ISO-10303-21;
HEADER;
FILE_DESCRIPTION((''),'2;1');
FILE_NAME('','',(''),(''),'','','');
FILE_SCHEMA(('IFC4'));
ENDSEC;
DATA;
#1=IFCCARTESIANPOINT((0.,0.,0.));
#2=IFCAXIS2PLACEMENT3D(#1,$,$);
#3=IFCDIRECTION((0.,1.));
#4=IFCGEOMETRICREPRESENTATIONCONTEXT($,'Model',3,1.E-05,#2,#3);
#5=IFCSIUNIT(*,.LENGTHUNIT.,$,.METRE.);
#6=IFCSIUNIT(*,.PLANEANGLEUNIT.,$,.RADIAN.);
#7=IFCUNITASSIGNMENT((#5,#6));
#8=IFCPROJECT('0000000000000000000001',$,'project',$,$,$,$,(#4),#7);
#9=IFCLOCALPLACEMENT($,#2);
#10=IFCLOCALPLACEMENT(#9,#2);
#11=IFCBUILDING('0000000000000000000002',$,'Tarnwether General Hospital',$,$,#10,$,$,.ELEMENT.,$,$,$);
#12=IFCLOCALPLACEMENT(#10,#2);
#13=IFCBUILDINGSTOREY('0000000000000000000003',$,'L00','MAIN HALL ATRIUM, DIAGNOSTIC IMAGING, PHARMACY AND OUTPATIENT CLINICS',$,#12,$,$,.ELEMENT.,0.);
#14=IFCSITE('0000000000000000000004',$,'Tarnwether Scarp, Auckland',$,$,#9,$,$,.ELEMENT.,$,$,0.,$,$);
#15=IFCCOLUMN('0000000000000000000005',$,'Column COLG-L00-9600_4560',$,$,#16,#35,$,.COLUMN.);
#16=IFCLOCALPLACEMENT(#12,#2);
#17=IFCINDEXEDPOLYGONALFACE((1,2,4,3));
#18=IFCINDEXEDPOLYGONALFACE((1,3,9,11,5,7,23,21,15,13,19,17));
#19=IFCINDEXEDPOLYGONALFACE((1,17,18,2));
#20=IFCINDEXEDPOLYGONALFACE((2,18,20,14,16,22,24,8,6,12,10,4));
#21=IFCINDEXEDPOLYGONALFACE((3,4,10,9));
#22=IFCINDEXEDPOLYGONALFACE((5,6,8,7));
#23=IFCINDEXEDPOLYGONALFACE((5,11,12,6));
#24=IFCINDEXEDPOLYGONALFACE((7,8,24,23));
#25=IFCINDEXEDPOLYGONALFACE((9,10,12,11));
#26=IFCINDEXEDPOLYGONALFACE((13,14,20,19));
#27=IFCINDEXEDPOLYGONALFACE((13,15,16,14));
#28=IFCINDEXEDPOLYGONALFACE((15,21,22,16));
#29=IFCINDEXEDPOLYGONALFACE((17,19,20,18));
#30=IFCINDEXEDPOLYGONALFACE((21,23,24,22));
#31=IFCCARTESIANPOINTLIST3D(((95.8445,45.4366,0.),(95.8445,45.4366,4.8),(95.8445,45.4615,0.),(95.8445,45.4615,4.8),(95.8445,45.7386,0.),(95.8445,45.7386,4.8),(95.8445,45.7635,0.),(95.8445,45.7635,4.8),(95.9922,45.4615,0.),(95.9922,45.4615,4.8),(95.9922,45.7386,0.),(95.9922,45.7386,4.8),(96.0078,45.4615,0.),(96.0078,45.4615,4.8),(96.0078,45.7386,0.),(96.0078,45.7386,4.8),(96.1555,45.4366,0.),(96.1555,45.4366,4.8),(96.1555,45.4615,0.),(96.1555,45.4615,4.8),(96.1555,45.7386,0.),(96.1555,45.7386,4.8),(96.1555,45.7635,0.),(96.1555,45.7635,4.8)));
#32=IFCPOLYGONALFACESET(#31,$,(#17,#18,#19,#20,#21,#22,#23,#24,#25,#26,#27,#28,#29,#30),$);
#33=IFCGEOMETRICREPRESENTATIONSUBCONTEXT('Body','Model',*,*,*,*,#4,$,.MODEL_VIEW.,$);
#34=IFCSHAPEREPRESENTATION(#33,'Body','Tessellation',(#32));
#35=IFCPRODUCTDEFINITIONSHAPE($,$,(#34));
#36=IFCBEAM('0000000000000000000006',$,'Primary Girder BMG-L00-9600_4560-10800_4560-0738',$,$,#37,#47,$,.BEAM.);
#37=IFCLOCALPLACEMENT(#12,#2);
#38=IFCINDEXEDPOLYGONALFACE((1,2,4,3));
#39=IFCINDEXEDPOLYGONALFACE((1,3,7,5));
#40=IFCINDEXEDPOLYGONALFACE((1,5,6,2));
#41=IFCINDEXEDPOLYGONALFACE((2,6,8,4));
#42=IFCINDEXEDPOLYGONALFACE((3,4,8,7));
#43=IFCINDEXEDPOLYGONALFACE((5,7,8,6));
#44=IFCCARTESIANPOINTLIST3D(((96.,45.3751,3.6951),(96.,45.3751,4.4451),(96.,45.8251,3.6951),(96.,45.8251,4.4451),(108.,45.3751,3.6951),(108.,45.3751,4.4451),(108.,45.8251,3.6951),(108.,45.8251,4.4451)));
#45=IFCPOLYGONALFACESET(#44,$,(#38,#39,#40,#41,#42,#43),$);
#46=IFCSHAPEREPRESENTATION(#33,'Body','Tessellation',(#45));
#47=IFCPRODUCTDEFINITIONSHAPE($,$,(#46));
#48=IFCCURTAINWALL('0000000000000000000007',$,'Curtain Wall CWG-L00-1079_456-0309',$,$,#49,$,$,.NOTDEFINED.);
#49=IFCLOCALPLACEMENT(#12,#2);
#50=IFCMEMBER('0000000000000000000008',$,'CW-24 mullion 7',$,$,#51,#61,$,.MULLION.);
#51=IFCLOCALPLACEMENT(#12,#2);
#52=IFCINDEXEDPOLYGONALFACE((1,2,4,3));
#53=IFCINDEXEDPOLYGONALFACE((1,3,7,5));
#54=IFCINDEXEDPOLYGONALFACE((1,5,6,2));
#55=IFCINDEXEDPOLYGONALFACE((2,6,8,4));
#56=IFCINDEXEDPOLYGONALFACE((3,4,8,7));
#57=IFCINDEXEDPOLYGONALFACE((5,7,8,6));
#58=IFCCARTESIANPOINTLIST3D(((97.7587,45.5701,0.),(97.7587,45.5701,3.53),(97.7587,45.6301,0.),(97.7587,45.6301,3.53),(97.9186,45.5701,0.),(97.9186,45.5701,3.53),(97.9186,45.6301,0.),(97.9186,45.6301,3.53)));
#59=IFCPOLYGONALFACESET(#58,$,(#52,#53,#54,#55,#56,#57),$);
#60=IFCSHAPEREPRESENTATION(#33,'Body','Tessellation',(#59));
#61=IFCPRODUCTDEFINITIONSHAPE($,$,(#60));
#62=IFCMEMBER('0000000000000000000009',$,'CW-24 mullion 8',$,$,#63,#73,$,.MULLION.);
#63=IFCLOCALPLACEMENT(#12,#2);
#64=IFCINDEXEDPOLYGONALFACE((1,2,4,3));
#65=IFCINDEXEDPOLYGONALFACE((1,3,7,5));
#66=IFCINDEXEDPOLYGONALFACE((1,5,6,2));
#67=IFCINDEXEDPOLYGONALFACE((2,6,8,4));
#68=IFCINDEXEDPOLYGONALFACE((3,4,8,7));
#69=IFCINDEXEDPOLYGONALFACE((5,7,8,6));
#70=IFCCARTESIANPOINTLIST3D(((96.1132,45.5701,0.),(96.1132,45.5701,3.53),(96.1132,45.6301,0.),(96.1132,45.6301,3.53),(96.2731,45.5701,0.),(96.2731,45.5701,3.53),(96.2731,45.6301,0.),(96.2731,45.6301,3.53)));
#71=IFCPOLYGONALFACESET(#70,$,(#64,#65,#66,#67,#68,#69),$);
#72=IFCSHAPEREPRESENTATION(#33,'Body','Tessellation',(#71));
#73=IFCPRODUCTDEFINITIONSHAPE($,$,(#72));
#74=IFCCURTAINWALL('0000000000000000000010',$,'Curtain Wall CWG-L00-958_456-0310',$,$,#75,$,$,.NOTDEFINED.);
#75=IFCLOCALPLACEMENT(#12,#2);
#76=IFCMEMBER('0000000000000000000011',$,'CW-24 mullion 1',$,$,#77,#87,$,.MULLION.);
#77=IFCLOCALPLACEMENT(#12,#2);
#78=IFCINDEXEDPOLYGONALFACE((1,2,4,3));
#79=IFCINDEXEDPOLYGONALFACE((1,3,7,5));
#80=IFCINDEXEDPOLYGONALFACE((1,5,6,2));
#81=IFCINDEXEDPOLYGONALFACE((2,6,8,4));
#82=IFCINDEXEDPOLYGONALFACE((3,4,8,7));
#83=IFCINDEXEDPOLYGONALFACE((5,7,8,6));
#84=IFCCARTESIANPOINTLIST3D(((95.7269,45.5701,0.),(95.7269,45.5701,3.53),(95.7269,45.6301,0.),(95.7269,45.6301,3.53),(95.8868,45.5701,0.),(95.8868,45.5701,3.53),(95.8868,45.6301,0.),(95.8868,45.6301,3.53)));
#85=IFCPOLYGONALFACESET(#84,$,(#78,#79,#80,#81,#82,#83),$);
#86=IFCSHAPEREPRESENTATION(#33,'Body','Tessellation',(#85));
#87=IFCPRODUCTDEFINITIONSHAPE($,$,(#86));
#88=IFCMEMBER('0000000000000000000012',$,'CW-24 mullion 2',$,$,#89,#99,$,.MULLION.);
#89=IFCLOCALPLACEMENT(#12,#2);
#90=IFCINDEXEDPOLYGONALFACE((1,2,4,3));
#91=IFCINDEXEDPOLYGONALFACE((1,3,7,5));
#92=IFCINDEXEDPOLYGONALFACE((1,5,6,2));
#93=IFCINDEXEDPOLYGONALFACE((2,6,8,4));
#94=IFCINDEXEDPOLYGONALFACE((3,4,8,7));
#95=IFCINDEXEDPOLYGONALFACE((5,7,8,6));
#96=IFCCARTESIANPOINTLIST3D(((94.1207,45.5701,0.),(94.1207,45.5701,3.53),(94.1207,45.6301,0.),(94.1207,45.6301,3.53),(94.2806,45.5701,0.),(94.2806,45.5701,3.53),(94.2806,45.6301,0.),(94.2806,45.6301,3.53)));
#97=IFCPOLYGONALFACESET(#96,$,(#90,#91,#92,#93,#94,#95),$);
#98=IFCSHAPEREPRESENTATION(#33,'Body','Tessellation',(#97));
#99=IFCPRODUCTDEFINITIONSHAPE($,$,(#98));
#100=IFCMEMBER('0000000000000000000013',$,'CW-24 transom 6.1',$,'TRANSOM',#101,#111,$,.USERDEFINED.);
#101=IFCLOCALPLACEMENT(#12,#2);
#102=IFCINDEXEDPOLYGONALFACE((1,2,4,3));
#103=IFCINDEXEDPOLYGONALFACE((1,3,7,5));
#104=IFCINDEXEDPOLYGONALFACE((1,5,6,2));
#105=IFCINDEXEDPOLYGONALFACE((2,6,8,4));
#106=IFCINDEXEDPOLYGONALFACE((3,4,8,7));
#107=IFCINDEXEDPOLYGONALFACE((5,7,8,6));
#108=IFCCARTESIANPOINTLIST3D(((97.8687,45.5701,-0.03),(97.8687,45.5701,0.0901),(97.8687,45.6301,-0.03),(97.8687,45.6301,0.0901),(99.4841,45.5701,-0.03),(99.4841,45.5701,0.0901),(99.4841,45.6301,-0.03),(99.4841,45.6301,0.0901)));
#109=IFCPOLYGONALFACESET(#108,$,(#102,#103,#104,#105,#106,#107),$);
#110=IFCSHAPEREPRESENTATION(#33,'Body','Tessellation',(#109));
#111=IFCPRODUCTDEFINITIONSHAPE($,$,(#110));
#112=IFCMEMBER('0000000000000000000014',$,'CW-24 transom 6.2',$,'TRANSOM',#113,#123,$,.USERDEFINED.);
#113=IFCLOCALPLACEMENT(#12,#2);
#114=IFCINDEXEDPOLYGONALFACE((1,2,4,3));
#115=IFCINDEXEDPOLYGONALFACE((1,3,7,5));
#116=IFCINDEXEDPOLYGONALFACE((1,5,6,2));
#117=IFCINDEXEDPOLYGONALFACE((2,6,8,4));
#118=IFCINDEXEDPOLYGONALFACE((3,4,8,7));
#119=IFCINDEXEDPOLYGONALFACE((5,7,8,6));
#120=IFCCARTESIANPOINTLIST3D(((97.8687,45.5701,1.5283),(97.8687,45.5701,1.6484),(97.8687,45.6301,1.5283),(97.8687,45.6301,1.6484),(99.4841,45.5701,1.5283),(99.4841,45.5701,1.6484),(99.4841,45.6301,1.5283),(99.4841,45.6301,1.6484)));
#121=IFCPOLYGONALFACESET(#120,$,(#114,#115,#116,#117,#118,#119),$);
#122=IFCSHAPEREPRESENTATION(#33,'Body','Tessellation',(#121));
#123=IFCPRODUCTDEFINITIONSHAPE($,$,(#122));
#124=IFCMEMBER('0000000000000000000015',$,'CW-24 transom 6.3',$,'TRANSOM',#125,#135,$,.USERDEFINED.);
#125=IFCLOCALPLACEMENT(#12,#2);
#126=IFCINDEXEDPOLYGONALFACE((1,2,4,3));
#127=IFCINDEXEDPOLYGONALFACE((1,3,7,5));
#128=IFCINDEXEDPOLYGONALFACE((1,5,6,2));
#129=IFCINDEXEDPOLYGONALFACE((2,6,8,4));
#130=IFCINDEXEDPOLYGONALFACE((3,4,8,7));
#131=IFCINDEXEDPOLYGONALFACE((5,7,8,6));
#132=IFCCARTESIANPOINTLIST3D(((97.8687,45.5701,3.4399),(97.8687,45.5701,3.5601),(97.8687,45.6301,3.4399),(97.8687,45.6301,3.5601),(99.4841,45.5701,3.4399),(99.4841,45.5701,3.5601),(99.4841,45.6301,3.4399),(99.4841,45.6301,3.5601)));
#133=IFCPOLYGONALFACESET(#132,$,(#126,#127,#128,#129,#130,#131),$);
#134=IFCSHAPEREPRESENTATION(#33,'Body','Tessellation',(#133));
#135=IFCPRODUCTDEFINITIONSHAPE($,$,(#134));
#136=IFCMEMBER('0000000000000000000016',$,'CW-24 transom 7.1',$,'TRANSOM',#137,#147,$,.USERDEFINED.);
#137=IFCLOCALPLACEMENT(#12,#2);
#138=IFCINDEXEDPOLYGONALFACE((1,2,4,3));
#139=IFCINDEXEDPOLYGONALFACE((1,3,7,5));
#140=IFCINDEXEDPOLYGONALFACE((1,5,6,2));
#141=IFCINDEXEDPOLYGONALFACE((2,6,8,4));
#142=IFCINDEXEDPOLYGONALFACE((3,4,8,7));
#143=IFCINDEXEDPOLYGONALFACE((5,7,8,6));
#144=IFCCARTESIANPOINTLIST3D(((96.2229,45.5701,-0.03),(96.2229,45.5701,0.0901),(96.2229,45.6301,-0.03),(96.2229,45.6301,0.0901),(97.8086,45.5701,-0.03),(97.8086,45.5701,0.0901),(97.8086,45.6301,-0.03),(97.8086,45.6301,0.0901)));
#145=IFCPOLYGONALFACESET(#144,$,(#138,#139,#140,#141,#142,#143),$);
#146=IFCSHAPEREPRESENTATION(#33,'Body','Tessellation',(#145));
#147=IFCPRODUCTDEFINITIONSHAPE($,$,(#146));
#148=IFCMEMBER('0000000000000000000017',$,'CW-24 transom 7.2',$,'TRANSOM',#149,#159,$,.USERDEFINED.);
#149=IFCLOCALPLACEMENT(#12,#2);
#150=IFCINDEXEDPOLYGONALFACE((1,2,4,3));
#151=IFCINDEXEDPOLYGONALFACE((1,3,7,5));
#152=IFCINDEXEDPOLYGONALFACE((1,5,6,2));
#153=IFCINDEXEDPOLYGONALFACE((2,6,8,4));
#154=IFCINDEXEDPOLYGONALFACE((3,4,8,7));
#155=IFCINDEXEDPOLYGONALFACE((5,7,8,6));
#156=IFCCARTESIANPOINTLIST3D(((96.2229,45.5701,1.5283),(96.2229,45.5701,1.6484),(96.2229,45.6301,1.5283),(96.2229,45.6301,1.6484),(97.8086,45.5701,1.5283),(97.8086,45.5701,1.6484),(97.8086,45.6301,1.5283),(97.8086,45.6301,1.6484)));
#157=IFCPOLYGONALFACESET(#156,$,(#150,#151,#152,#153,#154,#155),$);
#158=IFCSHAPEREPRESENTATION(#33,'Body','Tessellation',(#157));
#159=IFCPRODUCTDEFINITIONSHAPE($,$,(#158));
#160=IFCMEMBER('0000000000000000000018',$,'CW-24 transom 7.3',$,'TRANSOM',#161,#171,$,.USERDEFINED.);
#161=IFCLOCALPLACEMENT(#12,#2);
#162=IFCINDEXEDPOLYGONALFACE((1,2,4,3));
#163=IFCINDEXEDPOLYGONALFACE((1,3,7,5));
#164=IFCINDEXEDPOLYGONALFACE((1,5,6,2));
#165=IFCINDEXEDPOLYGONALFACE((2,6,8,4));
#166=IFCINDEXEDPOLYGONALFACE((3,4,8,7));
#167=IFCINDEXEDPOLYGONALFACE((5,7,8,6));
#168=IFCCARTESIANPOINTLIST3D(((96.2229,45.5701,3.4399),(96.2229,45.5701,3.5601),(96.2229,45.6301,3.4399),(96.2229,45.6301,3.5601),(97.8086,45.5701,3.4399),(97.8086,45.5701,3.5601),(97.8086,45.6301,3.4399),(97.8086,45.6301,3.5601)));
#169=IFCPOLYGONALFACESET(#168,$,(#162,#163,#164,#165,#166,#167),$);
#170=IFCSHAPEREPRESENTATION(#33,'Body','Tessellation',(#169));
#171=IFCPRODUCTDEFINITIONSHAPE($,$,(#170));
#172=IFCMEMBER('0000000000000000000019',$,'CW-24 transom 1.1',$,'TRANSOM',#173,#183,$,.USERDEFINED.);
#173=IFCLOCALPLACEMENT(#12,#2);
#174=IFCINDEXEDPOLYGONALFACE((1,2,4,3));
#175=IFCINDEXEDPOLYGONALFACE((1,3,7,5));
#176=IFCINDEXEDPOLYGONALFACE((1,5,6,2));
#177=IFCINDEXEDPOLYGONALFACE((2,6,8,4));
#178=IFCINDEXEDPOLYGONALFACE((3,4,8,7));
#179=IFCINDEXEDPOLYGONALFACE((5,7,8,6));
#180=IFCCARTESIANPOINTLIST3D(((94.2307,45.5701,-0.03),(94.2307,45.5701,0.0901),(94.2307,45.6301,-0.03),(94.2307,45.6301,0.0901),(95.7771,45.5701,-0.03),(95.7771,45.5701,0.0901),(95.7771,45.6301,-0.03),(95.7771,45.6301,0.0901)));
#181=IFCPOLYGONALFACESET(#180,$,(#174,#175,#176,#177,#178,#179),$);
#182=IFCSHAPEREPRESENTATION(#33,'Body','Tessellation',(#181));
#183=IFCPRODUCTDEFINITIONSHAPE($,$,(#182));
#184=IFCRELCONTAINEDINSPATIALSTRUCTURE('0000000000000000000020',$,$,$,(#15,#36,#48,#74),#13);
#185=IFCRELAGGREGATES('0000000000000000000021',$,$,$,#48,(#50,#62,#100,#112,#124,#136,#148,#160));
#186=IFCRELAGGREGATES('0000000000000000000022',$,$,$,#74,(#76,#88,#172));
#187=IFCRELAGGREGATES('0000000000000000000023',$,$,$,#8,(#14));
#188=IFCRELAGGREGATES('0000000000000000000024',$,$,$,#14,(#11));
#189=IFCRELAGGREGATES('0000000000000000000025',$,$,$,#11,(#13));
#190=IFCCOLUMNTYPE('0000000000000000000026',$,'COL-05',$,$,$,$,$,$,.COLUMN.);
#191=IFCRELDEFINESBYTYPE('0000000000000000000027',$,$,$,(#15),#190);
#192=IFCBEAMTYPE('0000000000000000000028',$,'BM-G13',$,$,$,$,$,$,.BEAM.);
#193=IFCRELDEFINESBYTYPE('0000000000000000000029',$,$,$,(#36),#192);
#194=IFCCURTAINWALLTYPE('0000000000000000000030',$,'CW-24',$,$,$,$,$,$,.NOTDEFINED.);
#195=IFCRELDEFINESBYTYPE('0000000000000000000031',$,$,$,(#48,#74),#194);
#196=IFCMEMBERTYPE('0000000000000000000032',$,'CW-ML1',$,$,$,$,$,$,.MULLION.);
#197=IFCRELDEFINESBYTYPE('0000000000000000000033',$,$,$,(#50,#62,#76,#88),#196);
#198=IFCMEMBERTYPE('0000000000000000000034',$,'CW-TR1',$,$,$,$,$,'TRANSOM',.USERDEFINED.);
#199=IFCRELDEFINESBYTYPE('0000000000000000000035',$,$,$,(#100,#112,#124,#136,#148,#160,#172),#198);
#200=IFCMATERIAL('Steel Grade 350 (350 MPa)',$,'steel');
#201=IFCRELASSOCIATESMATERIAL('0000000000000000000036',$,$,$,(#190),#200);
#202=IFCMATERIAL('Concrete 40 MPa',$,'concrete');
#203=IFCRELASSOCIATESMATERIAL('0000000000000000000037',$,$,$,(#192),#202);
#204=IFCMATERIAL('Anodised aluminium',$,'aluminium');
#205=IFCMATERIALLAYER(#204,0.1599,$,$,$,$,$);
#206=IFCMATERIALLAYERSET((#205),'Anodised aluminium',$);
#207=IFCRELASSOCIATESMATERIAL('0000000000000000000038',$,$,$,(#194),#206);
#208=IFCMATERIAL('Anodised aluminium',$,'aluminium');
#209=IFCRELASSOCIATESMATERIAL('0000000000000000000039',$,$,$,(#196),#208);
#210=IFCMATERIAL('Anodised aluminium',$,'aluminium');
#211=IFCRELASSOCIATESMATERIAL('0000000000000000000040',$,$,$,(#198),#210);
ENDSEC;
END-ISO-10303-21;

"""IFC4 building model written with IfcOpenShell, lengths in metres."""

from ifc_helpers import new_model, si_unit, direction, frame, origin, origin_2d, place, context, subcontext, project, spatial, rectangle, i_section, extrude, material, layer, layer_set, material_profile, profile_set, type_object, element, aggregate, save


model = new_model("IFC4")

# Units and contexts
model_context = context("Model", 3, precision=1e-05, world=origin(), true_north=direction((0.0, 1.0)))
body_context = subcontext(model_context, "Body", "Model", "MODEL_VIEW")
ifc_project = project(units=[si_unit("LENGTHUNIT", "METRE"), si_unit("PLANEANGLEUNIT", "RADIAN")], contexts=[model_context])

# Site, building, storey
site_placement = place(None, origin())
site = spatial("IfcSite", under=ifc_project, at=site_placement, Name="Tarnwether Scarp, Auckland", CompositionType="ELEMENT", RefElevation=0.0)
building_placement = place(site_placement, origin())
building = spatial("IfcBuilding", under=site, at=building_placement, Name="Tarnwether General Hospital", CompositionType="ELEMENT")
storey_placement = place(building_placement, origin())
storey = spatial("IfcBuildingStorey", under=building, at=storey_placement, Name="L00", Description="MAIN HALL ATRIUM, DIAGNOSTIC IMAGING, PHARMACY AND OUTPATIENT CLINICS", CompositionType="ELEMENT", Elevation=0.0)

# Column
ifc_material_1 = material(Name="Steel Grade 350 (350 MPa)", Category="steel")
ifc_material_profile_1 = material_profile(ifc_material_1, i_section(OverallWidth=0.311, OverallDepth=0.3269, WebThickness=0.0156, FlangeThickness=0.0249, at=origin_2d()), Name="310UC158")
ifc_profile_set_1 = profile_set([ifc_material_profile_1], Name="Steel Grade 350 (350 MPa)")
column_type = type_object("IfcColumnType", Name="COL-05", PredefinedType="COLUMN", material=ifc_profile_set_1)
column_placement = place(storey_placement, frame((96.0, 45.6001, 0.0), z_axis=(0.0, 0.0, 1.0), x_axis=(1.0, 0.0, 0.0)))
element("IfcColumn", 1, at=column_placement, inside=storey, type_object=column_type, Name="Column COLG-L00-9600_4560", PredefinedType="COLUMN", context=body_context, shape_type="SweptSolid", body=[
    extrude(i_section(OverallWidth=0.311, OverallDepth=0.3269, WebThickness=0.0156, FlangeThickness=0.0249, at=origin_2d()), origin(), (0.0, 0.0, 1.0), 4.8),
])

# Beam
ifc_material_2 = material(Name="Concrete 40 MPa", Category="concrete")
ifc_material_profile_2 = material_profile(ifc_material_2, rectangle(XDim=0.45, YDim=0.75, at=origin_2d()), Name="RC-BM-450x750")
ifc_profile_set_2 = profile_set([ifc_material_profile_2], Name="Concrete 40 MPa")
beam_type = type_object("IfcBeamType", Name="BM-G13", PredefinedType="BEAM", material=ifc_profile_set_2)
beam_placement = place(storey_placement, frame((96.0, 45.6001, 4.0701), z_axis=(1.0, 0.0, 0.0), x_axis=(0.0, 1.0, 0.0)))
element("IfcBeam", 2, at=beam_placement, inside=storey, type_object=beam_type, Name="Primary Girder BMG-L00-9600_4560-10800_4560-0738", PredefinedType="BEAM", context=body_context, shape_type="SweptSolid", body=[
    extrude(rectangle(XDim=0.45, YDim=0.75, at=origin_2d()), origin(), (0.0, 0.0, 1.0), 12.0),
])

# Curtain walls, members
ifc_material_3 = material(Name="Anodised aluminium", Category="aluminium")
ifc_layer_1 = layer(ifc_material_3, 0.1599)
ifc_layer_set_1 = layer_set([ifc_layer_1], Name="Anodised aluminium")
curtain_wall_type = type_object("IfcCurtainWallType", Name="CW-24", PredefinedType="NOTDEFINED", material=ifc_layer_set_1)
curtain_wall_1_placement = place(storey_placement, origin())
curtain_wall_1 = element("IfcCurtainWall", 3, at=curtain_wall_1_placement, inside=storey, type_object=curtain_wall_type, Name="Curtain Wall CWG-L00-1079_456-0309", PredefinedType="NOTDEFINED")
ifc_material_4 = material(Name="Anodised aluminium", Category="aluminium")
ifc_material_profile_3 = material_profile(ifc_material_4, rectangle(XDim=0.0601, YDim=0.1599, at=origin_2d()), Name="ALU-MUL-60x160")
ifc_profile_set_3 = profile_set([ifc_material_profile_3], Name="Anodised aluminium")
member_type_1 = type_object("IfcMemberType", Name="CW-ML1", PredefinedType="MULLION", material=ifc_profile_set_3)
member_1_placement = place(storey_placement, frame((97.8386, 45.6001, 0.0), z_axis=(0.0, 0.0, 1.0), x_axis=(0.0, -1.0, 0.0)))
member_1 = element("IfcMember", 4, at=member_1_placement, type_object=member_type_1, Name="CW-24 mullion 7", PredefinedType="MULLION", context=body_context, shape_type="SweptSolid", body=[
    extrude(rectangle(XDim=0.0601, YDim=0.1599, at=origin_2d()), origin(), (0.0, 0.0, 1.0), 3.53),
])
member_2_placement = place(storey_placement, frame((96.1931, 45.6001, 0.0), z_axis=(0.0, 0.0, 1.0), x_axis=(0.0, -1.0, 0.0)))
member_2 = element("IfcMember", 5, at=member_2_placement, type_object=member_type_1, Name="CW-24 mullion 8", PredefinedType="MULLION", context=body_context, shape_type="SweptSolid", body=[
    extrude(rectangle(XDim=0.0601, YDim=0.1599, at=origin_2d()), origin(), (0.0, 0.0, 1.0), 3.53),
])
curtain_wall_2_placement = place(storey_placement, origin())
curtain_wall_2 = element("IfcCurtainWall", 6, at=curtain_wall_2_placement, inside=storey, type_object=curtain_wall_type, Name="Curtain Wall CWG-L00-958_456-0310", PredefinedType="NOTDEFINED")
member_3_placement = place(storey_placement, frame((95.8069, 45.6001, 0.0), z_axis=(0.0, 0.0, 1.0), x_axis=(0.0, -1.0, 0.0)))
member_3 = element("IfcMember", 7, at=member_3_placement, type_object=member_type_1, Name="CW-24 mullion 1", PredefinedType="MULLION", context=body_context, shape_type="SweptSolid", body=[
    extrude(rectangle(XDim=0.0601, YDim=0.1599, at=origin_2d()), origin(), (0.0, 0.0, 1.0), 3.53),
])
member_4_placement = place(storey_placement, frame((94.2007, 45.6001, 0.0), z_axis=(0.0, 0.0, 1.0), x_axis=(0.0, -1.0, 0.0)))
member_4 = element("IfcMember", 8, at=member_4_placement, type_object=member_type_1, Name="CW-24 mullion 2", PredefinedType="MULLION", context=body_context, shape_type="SweptSolid", body=[
    extrude(rectangle(XDim=0.0601, YDim=0.1599, at=origin_2d()), origin(), (0.0, 0.0, 1.0), 3.53),
])

# Members
ifc_material_5 = material(Name="Anodised aluminium", Category="aluminium")
ifc_material_profile_4 = material_profile(ifc_material_5, rectangle(XDim=0.0601, YDim=0.1201, at=origin_2d()), Name="ALU-TRN-60x120")
ifc_profile_set_4 = profile_set([ifc_material_profile_4], Name="Anodised aluminium")
member_type_2 = type_object("IfcMemberType", Name="CW-TR1", ElementType="TRANSOM", PredefinedType="USERDEFINED", material=ifc_profile_set_4)
member_5_placement = place(storey_placement, frame((99.4841, 45.6001, 0.03), z_axis=(-1.0, 0.0, 0.0), x_axis=(0.0, -1.0, 0.0)))
member_5 = element("IfcMember", 9, at=member_5_placement, type_object=member_type_2, Name="CW-24 transom 6.1", ObjectType="TRANSOM", PredefinedType="USERDEFINED", context=body_context, shape_type="SweptSolid", body=[
    extrude(rectangle(XDim=0.0601, YDim=0.1201, at=origin_2d()), origin(), (0.0, 0.0, 1.0), 1.6155),
])
member_6_placement = place(storey_placement, frame((99.4841, 45.6001, 1.5884), z_axis=(-1.0, 0.0, 0.0), x_axis=(0.0, -1.0, 0.0)))
member_6 = element("IfcMember", 10, at=member_6_placement, type_object=member_type_2, Name="CW-24 transom 6.2", ObjectType="TRANSOM", PredefinedType="USERDEFINED", context=body_context, shape_type="SweptSolid", body=[
    extrude(rectangle(XDim=0.0601, YDim=0.1201, at=origin_2d()), origin(), (0.0, 0.0, 1.0), 1.6155),
])
member_7_placement = place(storey_placement, frame((99.4841, 45.6001, 3.5), z_axis=(-1.0, 0.0, 0.0), x_axis=(0.0, -1.0, 0.0)))
member_7 = element("IfcMember", 11, at=member_7_placement, type_object=member_type_2, Name="CW-24 transom 6.3", ObjectType="TRANSOM", PredefinedType="USERDEFINED", context=body_context, shape_type="SweptSolid", body=[
    extrude(rectangle(XDim=0.0601, YDim=0.1201, at=origin_2d()), origin(), (0.0, 0.0, 1.0), 1.6155),
])
member_8_placement = place(storey_placement, frame((97.8086, 45.6001, 0.03), z_axis=(-1.0, 0.0, 0.0), x_axis=(0.0, -1.0, 0.0)))
member_8 = element("IfcMember", 12, at=member_8_placement, type_object=member_type_2, Name="CW-24 transom 7.1", ObjectType="TRANSOM", PredefinedType="USERDEFINED", context=body_context, shape_type="SweptSolid", body=[
    extrude(rectangle(XDim=0.0601, YDim=0.1201, at=origin_2d()), origin(), (0.0, 0.0, 1.0), 1.5857),
])
member_9_placement = place(storey_placement, frame((97.8086, 45.6001, 1.5884), z_axis=(-1.0, 0.0, 0.0), x_axis=(0.0, -1.0, 0.0)))
member_9 = element("IfcMember", 13, at=member_9_placement, type_object=member_type_2, Name="CW-24 transom 7.2", ObjectType="TRANSOM", PredefinedType="USERDEFINED", context=body_context, shape_type="SweptSolid", body=[
    extrude(rectangle(XDim=0.0601, YDim=0.1201, at=origin_2d()), origin(), (0.0, 0.0, 1.0), 1.5857),
])
member_10_placement = place(storey_placement, frame((97.8086, 45.6001, 3.5), z_axis=(-1.0, 0.0, 0.0), x_axis=(0.0, -1.0, 0.0)))
member_10 = element("IfcMember", 14, at=member_10_placement, type_object=member_type_2, Name="CW-24 transom 7.3", ObjectType="TRANSOM", PredefinedType="USERDEFINED", context=body_context, shape_type="SweptSolid", body=[
    extrude(rectangle(XDim=0.0601, YDim=0.1201, at=origin_2d()), origin(), (0.0, 0.0, 1.0), 1.5857),
])
member_11_placement = place(storey_placement, frame((95.7771, 45.6001, 0.03), z_axis=(-1.0, 0.0, 0.0), x_axis=(0.0, -1.0, 0.0)))
member_11 = element("IfcMember", 15, at=member_11_placement, type_object=member_type_2, Name="CW-24 transom 1.1", ObjectType="TRANSOM", PredefinedType="USERDEFINED", context=body_context, shape_type="SweptSolid", body=[
    extrude(rectangle(XDim=0.0601, YDim=0.1201, at=origin_2d()), origin(), (0.0, 0.0, 1.0), 1.5464),
])

aggregate(curtain_wall_1, [member_1, member_2, member_5, member_6, member_7, member_8, member_9, member_10])
aggregate(curtain_wall_2, [member_3, member_4, member_11])

save(model, "model.ifc")
